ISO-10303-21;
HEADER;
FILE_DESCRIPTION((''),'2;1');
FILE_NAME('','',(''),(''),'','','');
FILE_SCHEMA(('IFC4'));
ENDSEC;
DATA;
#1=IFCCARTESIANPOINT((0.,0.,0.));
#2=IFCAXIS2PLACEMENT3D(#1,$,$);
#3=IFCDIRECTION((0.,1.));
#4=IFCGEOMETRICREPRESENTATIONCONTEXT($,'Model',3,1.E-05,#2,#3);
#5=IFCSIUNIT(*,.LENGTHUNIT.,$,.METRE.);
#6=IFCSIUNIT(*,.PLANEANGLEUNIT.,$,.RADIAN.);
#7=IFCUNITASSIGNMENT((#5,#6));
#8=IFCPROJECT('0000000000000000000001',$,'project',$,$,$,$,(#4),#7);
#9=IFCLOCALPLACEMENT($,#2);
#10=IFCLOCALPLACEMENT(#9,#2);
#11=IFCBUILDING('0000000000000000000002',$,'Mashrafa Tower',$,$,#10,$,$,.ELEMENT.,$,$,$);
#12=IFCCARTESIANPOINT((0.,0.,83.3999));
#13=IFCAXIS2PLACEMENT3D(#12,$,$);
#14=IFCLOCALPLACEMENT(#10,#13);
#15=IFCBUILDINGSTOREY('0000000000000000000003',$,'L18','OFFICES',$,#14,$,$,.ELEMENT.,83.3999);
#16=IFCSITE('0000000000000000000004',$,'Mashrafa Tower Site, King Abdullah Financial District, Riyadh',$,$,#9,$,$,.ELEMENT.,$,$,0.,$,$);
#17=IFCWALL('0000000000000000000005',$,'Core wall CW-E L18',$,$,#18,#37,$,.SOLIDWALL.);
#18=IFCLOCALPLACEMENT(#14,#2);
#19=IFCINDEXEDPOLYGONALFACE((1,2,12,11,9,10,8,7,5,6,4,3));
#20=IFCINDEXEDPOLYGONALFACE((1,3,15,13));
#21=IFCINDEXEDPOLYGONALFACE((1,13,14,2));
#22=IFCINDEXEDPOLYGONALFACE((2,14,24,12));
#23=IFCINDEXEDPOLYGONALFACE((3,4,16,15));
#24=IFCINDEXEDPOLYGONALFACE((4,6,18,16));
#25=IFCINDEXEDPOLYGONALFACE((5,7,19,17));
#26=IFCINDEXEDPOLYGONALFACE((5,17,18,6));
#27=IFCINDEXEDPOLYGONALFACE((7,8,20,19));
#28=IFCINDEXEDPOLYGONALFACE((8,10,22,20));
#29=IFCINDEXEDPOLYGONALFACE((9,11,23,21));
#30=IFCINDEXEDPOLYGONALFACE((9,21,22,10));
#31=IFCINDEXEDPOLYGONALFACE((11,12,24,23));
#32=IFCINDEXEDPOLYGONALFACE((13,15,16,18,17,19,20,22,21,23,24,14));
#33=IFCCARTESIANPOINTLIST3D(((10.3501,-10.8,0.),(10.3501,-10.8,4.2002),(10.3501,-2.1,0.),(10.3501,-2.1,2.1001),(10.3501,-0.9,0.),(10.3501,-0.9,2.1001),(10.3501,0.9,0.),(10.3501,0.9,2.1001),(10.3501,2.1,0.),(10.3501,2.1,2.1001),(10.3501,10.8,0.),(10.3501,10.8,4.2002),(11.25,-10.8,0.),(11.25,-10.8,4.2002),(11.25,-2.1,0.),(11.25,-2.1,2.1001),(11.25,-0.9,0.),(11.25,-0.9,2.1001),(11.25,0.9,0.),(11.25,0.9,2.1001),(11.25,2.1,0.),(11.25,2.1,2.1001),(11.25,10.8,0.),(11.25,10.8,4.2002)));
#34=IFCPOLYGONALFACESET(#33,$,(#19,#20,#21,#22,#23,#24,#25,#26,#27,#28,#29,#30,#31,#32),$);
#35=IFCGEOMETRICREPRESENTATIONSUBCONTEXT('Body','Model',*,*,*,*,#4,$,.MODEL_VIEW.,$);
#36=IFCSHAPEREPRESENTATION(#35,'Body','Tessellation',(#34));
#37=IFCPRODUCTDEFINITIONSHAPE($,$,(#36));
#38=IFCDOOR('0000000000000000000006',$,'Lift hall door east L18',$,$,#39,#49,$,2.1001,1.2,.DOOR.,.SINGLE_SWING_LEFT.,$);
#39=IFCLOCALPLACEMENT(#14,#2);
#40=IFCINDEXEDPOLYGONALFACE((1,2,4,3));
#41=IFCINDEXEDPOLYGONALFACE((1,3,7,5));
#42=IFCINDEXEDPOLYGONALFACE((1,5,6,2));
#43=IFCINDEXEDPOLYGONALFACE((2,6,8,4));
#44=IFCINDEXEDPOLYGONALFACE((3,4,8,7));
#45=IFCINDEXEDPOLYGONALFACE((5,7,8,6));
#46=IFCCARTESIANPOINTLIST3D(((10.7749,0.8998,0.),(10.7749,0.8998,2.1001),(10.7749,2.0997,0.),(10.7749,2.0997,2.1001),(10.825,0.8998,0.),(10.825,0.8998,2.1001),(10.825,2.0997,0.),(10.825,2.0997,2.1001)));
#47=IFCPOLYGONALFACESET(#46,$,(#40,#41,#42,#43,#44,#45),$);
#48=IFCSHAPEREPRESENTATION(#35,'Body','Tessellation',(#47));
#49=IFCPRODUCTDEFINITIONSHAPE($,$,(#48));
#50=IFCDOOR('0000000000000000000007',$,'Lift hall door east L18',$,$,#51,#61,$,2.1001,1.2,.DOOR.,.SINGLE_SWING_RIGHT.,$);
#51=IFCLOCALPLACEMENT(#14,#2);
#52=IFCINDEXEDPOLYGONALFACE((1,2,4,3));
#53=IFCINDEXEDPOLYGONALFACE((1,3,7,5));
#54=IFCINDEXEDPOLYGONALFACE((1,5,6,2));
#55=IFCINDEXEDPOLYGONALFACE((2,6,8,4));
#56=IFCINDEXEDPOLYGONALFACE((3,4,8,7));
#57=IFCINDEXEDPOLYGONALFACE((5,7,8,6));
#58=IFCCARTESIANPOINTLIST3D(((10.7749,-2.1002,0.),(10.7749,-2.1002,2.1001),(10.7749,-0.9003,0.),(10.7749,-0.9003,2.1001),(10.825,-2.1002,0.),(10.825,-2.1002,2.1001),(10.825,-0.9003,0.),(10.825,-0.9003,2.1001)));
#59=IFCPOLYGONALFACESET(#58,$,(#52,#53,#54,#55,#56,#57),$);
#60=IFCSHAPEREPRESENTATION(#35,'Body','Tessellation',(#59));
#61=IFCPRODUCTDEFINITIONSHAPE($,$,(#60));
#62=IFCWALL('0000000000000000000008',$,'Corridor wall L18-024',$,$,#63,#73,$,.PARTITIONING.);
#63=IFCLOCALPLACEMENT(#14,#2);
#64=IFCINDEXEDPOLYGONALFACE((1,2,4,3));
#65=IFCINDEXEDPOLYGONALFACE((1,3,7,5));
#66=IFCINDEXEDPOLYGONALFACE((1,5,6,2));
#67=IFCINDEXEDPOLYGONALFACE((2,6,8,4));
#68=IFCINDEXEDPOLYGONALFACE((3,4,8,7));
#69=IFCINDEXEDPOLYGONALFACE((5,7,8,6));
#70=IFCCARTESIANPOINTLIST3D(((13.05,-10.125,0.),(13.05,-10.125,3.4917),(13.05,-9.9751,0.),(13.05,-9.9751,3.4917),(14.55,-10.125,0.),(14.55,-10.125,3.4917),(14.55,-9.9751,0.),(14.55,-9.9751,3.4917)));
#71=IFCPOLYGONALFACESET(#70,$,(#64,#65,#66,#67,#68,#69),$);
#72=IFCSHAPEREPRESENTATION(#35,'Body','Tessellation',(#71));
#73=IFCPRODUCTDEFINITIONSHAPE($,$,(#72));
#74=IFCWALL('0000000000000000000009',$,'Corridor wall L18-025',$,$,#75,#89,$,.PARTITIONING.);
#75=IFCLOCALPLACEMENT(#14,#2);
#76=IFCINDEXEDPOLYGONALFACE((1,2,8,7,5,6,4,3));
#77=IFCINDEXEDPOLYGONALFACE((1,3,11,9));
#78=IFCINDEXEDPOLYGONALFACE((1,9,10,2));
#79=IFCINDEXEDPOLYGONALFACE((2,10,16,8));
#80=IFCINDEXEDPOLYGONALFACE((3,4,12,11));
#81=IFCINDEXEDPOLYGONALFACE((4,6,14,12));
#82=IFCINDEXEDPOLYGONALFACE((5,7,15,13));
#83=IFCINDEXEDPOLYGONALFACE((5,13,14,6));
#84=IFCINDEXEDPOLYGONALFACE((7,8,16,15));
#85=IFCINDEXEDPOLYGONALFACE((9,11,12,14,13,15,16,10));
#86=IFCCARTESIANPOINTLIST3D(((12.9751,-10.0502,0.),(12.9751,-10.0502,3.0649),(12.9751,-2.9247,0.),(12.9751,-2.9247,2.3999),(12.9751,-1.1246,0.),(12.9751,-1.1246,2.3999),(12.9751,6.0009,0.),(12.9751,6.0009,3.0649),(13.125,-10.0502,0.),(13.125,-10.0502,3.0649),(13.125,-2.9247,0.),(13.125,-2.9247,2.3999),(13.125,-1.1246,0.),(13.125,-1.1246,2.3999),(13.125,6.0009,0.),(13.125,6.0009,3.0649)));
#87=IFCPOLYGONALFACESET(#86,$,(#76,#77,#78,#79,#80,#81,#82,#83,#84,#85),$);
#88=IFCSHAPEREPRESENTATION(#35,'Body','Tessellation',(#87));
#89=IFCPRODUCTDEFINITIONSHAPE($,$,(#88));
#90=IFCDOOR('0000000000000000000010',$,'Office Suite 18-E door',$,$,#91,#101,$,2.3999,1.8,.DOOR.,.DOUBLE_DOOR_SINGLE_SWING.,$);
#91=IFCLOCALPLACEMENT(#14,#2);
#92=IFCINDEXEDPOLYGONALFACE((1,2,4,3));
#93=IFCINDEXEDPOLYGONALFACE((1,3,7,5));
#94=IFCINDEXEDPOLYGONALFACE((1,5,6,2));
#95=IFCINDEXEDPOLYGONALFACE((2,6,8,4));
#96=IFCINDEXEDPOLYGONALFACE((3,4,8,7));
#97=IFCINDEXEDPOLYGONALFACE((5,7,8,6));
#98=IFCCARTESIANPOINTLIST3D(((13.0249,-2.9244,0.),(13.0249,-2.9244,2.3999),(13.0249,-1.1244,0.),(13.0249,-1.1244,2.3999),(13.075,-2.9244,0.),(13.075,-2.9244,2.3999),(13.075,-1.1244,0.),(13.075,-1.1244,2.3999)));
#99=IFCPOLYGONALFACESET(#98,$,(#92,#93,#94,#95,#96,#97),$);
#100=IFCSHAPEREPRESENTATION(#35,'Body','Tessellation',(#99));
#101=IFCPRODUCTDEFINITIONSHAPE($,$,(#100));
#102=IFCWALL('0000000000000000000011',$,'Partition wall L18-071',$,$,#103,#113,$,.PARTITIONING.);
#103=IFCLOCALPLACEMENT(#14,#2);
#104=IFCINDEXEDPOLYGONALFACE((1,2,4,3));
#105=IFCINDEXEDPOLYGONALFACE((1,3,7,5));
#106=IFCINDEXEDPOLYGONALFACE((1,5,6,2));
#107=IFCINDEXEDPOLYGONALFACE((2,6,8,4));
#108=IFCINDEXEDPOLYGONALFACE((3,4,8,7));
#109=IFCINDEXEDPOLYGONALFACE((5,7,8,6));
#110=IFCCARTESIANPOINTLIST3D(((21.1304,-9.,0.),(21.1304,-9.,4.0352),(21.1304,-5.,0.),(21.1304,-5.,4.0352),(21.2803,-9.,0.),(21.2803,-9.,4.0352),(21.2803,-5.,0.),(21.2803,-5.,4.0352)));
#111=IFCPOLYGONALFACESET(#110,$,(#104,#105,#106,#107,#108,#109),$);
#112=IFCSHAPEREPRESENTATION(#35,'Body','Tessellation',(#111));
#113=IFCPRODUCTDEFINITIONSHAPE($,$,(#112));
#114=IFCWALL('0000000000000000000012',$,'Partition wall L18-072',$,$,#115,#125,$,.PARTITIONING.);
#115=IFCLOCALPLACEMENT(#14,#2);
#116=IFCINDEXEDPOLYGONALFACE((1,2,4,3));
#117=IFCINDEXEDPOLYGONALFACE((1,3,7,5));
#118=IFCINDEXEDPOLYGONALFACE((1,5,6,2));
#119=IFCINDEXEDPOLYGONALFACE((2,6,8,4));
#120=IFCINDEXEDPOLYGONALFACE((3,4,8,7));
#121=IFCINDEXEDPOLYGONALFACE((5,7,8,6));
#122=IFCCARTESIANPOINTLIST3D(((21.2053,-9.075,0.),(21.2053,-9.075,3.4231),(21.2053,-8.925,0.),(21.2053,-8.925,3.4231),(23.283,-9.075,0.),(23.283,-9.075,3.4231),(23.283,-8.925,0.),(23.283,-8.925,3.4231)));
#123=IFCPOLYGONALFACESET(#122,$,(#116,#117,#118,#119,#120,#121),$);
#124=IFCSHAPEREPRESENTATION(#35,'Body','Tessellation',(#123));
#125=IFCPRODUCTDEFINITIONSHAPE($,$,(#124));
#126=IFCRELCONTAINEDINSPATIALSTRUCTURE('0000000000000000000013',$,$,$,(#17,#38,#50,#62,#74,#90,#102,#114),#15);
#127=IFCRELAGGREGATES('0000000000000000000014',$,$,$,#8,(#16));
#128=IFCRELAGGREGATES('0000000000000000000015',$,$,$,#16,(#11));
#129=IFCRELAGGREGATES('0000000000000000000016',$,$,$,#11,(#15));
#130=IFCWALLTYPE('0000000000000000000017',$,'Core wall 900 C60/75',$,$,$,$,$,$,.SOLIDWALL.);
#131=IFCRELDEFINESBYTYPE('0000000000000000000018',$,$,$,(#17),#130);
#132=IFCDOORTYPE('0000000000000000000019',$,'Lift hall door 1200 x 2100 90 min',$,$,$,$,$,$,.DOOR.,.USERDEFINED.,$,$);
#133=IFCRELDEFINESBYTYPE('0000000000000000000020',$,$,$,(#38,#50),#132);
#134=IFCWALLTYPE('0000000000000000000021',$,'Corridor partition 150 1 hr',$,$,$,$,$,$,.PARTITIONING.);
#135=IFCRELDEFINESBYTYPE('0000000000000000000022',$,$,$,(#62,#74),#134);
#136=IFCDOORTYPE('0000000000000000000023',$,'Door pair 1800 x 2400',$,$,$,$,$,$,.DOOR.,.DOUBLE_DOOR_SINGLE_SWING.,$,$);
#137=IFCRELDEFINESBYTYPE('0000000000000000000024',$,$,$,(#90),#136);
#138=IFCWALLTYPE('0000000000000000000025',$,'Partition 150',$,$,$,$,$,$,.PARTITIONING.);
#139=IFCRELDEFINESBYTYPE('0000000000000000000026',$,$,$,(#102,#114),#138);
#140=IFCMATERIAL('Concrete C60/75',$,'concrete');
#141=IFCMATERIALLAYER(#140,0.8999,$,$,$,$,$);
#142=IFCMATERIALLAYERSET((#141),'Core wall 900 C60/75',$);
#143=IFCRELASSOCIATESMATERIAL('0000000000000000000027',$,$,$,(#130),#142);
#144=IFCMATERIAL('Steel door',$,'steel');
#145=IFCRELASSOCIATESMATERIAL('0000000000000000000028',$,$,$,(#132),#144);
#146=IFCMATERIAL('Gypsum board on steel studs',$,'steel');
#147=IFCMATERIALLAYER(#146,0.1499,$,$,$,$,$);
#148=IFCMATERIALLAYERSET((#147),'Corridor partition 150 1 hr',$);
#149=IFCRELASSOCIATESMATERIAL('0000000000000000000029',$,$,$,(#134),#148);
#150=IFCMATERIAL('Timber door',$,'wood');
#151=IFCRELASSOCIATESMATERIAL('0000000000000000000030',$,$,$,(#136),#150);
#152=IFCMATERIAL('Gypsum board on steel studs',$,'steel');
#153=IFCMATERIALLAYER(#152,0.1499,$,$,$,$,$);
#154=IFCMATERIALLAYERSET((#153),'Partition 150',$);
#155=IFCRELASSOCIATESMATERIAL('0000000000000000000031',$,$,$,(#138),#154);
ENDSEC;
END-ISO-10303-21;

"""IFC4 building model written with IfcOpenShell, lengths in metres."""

from ifc_helpers import new_model, si_unit, direction, frame, frame_2d, origin, place, context, subcontext, project, spatial, rectangle, extrude, material, layer, layer_set, type_object, element, fill, save


model = new_model("IFC4")

# Units and contexts
model_context = context("Model", 3, precision=1e-05, world=origin(), true_north=direction((0.0, 1.0)))
body_context = subcontext(model_context, "Body", "Model", "MODEL_VIEW")
ifc_project = project(units=[si_unit("LENGTHUNIT", "METRE"), si_unit("PLANEANGLEUNIT", "RADIAN")], contexts=[model_context])

# Site, building, storey
site_placement = place(None, origin())
site = spatial("IfcSite", under=ifc_project, at=site_placement, Name="Mashrafa Tower Site, King Abdullah Financial District, Riyadh", CompositionType="ELEMENT", RefElevation=0.0)
building_placement = place(site_placement, origin())
building = spatial("IfcBuilding", under=site, at=building_placement, Name="Mashrafa Tower", CompositionType="ELEMENT")
storey_placement = place(building_placement, frame((0.0, 0.0, 83.3999)))
storey = spatial("IfcBuildingStorey", under=building, at=storey_placement, Name="L18", Description="OFFICES", CompositionType="ELEMENT", Elevation=83.3999)

# Wall, openings, doors
ifc_material_1 = material(Name="Concrete C60/75", Category="concrete")
ifc_layer_1 = layer(ifc_material_1, 0.8999)
ifc_layer_set_1 = layer_set([ifc_layer_1], Name="Core wall 900 C60/75")
wall_type_1 = type_object("IfcWallType", Name="Core wall 900 C60/75", PredefinedType="SOLIDWALL", material=ifc_layer_set_1)
wall_1_placement = place(storey_placement, frame((10.8, -10.8, 0.0), z_axis=(0.0, 0.0, 1.0), x_axis=(0.0, 1.0, 0.0)))
wall_1 = element("IfcWall", 1, at=wall_1_placement, inside=storey, type_object=wall_type_1, Name="Core wall CW-E L18", PredefinedType="SOLIDWALL", context=body_context, shape_type="SweptSolid", body=[
    extrude(rectangle(XDim=21.6001, YDim=0.8999, at=frame_2d((10.8, 0.0))), origin(), (0.0, 0.0, 1.0), 4.2002),
])
opening_1_placement = place(wall_1_placement, frame((11.7, 0.0, 0.0)))
opening_1 = element("IfcOpeningElement", 2, at=opening_1_placement, cuts=wall_1, PredefinedType="OPENING", context=body_context, shape_type="SweptSolid", body=[
    extrude(rectangle(XDim=1.2, YDim=2.1001, at=frame_2d((0.6001, 1.05))), frame((0.0, 0.46, 0.0), z_axis=(0.0, -1.0, 0.0), x_axis=(1.0, 0.0, 0.0)), (0.0, 0.0, 1.0), 0.9199),
])
opening_2_placement = place(wall_1_placement, frame((8.7, 0.0, 0.0)))
opening_2 = element("IfcOpeningElement", 3, at=opening_2_placement, cuts=wall_1, PredefinedType="OPENING", context=body_context, shape_type="SweptSolid", body=[
    extrude(rectangle(XDim=1.2, YDim=2.1001, at=frame_2d((0.6001, 1.05))), frame((0.0, 0.46, 0.0), z_axis=(0.0, -1.0, 0.0), x_axis=(1.0, 0.0, 0.0)), (0.0, 0.0, 1.0), 0.9199),
])
ifc_material_2 = material(Name="Steel door", Category="steel")
door_type_1 = type_object("IfcDoorType", Name="Lift hall door 1200 x 2100 90 min", OperationType="USERDEFINED", PredefinedType="DOOR", material=ifc_material_2)
door_1_placement = place(opening_1_placement, frame((1.2, 0.0, 0.0), z_axis=(0.0, 0.0, 1.0), x_axis=(-1.0, 0.0, 0.0)))
door_1 = element("IfcDoor", 4, at=door_1_placement, inside=storey, type_object=door_type_1, Name="Lift hall door east L18", OperationType="SINGLE_SWING_LEFT", OverallHeight=2.1001, OverallWidth=1.2, PredefinedType="DOOR", context=body_context, shape_type="SweptSolid", body=[
    extrude(rectangle(XDim=1.2, YDim=2.1001, at=frame_2d((0.6001, 1.05))), frame((0.0, 0.0249, 0.0), z_axis=(0.0, -1.0, 0.0), x_axis=(1.0, 0.0, 0.0)), (0.0, 0.0, 1.0), 0.05),
])
fill(opening_1, door_1)
door_2_placement = place(opening_2_placement, frame((1.2, 0.0, 0.0), z_axis=(0.0, 0.0, 1.0), x_axis=(-1.0, 0.0, 0.0)))
door_2 = element("IfcDoor", 5, at=door_2_placement, inside=storey, type_object=door_type_1, Name="Lift hall door east L18", OperationType="SINGLE_SWING_RIGHT", OverallHeight=2.1001, OverallWidth=1.2, PredefinedType="DOOR", context=body_context, shape_type="SweptSolid", body=[
    extrude(rectangle(XDim=1.2, YDim=2.1001, at=frame_2d((0.6001, 1.05))), frame((0.0, 0.0249, 0.0), z_axis=(0.0, -1.0, 0.0), x_axis=(1.0, 0.0, 0.0)), (0.0, 0.0, 1.0), 0.05),
])
fill(opening_2, door_2)

# Wall
ifc_material_3 = material(Name="Gypsum board on steel studs", Category="steel")
ifc_layer_2 = layer(ifc_material_3, 0.1499)
ifc_layer_set_2 = layer_set([ifc_layer_2], Name="Corridor partition 150 1 hr")
wall_type_2 = type_object("IfcWallType", Name="Corridor partition 150 1 hr", PredefinedType="PARTITIONING", material=ifc_layer_set_2)
wall_2_placement = place(storey_placement, frame((14.55, -10.05, 0.0), z_axis=(0.0, 0.0, 1.0), x_axis=(-1.0, 0.0, 0.0)))
element("IfcWall", 6, at=wall_2_placement, inside=storey, type_object=wall_type_2, Name="Corridor wall L18-024", PredefinedType="PARTITIONING", context=body_context, shape_type="SweptSolid", body=[
    extrude(rectangle(XDim=1.5, YDim=0.1499, at=frame_2d((0.75, 0.0))), origin(), (0.0, 0.0, 1.0), 3.4917),
])

# Wall, opening, door
wall_3_placement = place(storey_placement, frame((13.05, -10.05, 0.0), z_axis=(0.0, 0.0, 1.0), x_axis=(0.0, 1.0, 0.0)))
wall_3 = element("IfcWall", 7, at=wall_3_placement, inside=storey, type_object=wall_type_2, Name="Corridor wall L18-025", PredefinedType="PARTITIONING", context=body_context, shape_type="SweptSolid", body=[
    extrude(rectangle(XDim=16.051, YDim=0.1499, at=frame_2d((8.0254, 0.0))), origin(), (0.0, 0.0, 1.0), 3.0649),
])
opening_3_placement = place(wall_3_placement, frame((7.1255, 0.0, 0.0)))
opening_3 = element("IfcOpeningElement", 8, at=opening_3_placement, cuts=wall_3, PredefinedType="OPENING", context=body_context, shape_type="SweptSolid", body=[
    extrude(rectangle(XDim=1.8, YDim=2.3999, at=frame_2d((0.8999, 1.2))), frame((0.0, 0.085, 0.0), z_axis=(0.0, -1.0, 0.0), x_axis=(1.0, 0.0, 0.0)), (0.0, 0.0, 1.0), 0.1699),
])
ifc_material_4 = material(Name="Timber door", Category="wood")
door_type_2 = type_object("IfcDoorType", Name="Door pair 1800 x 2400", OperationType="DOUBLE_DOOR_SINGLE_SWING", PredefinedType="DOOR", material=ifc_material_4)
door_3_placement = place(opening_3_placement, frame((1.8, 0.0, 0.0), z_axis=(0.0, 0.0, 1.0), x_axis=(-1.0, 0.0, 0.0)))
door_3 = element("IfcDoor", 9, at=door_3_placement, inside=storey, type_object=door_type_2, Name="Office Suite 18-E door", OperationType="DOUBLE_DOOR_SINGLE_SWING", OverallHeight=2.3999, OverallWidth=1.8, PredefinedType="DOOR", context=body_context, shape_type="SweptSolid", body=[
    extrude(rectangle(XDim=1.8, YDim=2.3999, at=frame_2d((0.8999, 1.2))), frame((0.0, 0.0249, 0.0), z_axis=(0.0, -1.0, 0.0), x_axis=(1.0, 0.0, 0.0)), (0.0, 0.0, 1.0), 0.05),
])
fill(opening_3, door_3)

# Walls
ifc_material_5 = material(Name="Gypsum board on steel studs", Category="steel")
ifc_layer_3 = layer(ifc_material_5, 0.1499)
ifc_layer_set_3 = layer_set([ifc_layer_3], Name="Partition 150")
wall_type_3 = type_object("IfcWallType", Name="Partition 150", PredefinedType="PARTITIONING", material=ifc_layer_set_3)
wall_4_placement = place(storey_placement, frame((21.2053, -5.0, 0.0), z_axis=(0.0, 0.0, 1.0), x_axis=(0.0, -1.0, 0.0)))
element("IfcWall", 10, at=wall_4_placement, inside=storey, type_object=wall_type_3, Name="Partition wall L18-071", PredefinedType="PARTITIONING", context=body_context, shape_type="SweptSolid", body=[
    extrude(rectangle(XDim=4.0, YDim=0.1499, at=frame_2d((2.0, 0.0))), origin(), (0.0, 0.0, 1.0), 4.0352),
])
wall_5_placement = place(storey_placement, frame((21.2053, -9.0, 0.0), z_axis=(0.0, 0.0, 1.0), x_axis=(1.0, 0.0, 0.0)))
element("IfcWall", 11, at=wall_5_placement, inside=storey, type_object=wall_type_3, Name="Partition wall L18-072", PredefinedType="PARTITIONING", context=body_context, shape_type="SweptSolid", body=[
    extrude(rectangle(XDim=2.0776, YDim=0.1499, at=frame_2d((1.0388, 0.0))), origin(), (0.0, 0.0, 1.0), 3.4231),
])

save(model, "model.ifc")
